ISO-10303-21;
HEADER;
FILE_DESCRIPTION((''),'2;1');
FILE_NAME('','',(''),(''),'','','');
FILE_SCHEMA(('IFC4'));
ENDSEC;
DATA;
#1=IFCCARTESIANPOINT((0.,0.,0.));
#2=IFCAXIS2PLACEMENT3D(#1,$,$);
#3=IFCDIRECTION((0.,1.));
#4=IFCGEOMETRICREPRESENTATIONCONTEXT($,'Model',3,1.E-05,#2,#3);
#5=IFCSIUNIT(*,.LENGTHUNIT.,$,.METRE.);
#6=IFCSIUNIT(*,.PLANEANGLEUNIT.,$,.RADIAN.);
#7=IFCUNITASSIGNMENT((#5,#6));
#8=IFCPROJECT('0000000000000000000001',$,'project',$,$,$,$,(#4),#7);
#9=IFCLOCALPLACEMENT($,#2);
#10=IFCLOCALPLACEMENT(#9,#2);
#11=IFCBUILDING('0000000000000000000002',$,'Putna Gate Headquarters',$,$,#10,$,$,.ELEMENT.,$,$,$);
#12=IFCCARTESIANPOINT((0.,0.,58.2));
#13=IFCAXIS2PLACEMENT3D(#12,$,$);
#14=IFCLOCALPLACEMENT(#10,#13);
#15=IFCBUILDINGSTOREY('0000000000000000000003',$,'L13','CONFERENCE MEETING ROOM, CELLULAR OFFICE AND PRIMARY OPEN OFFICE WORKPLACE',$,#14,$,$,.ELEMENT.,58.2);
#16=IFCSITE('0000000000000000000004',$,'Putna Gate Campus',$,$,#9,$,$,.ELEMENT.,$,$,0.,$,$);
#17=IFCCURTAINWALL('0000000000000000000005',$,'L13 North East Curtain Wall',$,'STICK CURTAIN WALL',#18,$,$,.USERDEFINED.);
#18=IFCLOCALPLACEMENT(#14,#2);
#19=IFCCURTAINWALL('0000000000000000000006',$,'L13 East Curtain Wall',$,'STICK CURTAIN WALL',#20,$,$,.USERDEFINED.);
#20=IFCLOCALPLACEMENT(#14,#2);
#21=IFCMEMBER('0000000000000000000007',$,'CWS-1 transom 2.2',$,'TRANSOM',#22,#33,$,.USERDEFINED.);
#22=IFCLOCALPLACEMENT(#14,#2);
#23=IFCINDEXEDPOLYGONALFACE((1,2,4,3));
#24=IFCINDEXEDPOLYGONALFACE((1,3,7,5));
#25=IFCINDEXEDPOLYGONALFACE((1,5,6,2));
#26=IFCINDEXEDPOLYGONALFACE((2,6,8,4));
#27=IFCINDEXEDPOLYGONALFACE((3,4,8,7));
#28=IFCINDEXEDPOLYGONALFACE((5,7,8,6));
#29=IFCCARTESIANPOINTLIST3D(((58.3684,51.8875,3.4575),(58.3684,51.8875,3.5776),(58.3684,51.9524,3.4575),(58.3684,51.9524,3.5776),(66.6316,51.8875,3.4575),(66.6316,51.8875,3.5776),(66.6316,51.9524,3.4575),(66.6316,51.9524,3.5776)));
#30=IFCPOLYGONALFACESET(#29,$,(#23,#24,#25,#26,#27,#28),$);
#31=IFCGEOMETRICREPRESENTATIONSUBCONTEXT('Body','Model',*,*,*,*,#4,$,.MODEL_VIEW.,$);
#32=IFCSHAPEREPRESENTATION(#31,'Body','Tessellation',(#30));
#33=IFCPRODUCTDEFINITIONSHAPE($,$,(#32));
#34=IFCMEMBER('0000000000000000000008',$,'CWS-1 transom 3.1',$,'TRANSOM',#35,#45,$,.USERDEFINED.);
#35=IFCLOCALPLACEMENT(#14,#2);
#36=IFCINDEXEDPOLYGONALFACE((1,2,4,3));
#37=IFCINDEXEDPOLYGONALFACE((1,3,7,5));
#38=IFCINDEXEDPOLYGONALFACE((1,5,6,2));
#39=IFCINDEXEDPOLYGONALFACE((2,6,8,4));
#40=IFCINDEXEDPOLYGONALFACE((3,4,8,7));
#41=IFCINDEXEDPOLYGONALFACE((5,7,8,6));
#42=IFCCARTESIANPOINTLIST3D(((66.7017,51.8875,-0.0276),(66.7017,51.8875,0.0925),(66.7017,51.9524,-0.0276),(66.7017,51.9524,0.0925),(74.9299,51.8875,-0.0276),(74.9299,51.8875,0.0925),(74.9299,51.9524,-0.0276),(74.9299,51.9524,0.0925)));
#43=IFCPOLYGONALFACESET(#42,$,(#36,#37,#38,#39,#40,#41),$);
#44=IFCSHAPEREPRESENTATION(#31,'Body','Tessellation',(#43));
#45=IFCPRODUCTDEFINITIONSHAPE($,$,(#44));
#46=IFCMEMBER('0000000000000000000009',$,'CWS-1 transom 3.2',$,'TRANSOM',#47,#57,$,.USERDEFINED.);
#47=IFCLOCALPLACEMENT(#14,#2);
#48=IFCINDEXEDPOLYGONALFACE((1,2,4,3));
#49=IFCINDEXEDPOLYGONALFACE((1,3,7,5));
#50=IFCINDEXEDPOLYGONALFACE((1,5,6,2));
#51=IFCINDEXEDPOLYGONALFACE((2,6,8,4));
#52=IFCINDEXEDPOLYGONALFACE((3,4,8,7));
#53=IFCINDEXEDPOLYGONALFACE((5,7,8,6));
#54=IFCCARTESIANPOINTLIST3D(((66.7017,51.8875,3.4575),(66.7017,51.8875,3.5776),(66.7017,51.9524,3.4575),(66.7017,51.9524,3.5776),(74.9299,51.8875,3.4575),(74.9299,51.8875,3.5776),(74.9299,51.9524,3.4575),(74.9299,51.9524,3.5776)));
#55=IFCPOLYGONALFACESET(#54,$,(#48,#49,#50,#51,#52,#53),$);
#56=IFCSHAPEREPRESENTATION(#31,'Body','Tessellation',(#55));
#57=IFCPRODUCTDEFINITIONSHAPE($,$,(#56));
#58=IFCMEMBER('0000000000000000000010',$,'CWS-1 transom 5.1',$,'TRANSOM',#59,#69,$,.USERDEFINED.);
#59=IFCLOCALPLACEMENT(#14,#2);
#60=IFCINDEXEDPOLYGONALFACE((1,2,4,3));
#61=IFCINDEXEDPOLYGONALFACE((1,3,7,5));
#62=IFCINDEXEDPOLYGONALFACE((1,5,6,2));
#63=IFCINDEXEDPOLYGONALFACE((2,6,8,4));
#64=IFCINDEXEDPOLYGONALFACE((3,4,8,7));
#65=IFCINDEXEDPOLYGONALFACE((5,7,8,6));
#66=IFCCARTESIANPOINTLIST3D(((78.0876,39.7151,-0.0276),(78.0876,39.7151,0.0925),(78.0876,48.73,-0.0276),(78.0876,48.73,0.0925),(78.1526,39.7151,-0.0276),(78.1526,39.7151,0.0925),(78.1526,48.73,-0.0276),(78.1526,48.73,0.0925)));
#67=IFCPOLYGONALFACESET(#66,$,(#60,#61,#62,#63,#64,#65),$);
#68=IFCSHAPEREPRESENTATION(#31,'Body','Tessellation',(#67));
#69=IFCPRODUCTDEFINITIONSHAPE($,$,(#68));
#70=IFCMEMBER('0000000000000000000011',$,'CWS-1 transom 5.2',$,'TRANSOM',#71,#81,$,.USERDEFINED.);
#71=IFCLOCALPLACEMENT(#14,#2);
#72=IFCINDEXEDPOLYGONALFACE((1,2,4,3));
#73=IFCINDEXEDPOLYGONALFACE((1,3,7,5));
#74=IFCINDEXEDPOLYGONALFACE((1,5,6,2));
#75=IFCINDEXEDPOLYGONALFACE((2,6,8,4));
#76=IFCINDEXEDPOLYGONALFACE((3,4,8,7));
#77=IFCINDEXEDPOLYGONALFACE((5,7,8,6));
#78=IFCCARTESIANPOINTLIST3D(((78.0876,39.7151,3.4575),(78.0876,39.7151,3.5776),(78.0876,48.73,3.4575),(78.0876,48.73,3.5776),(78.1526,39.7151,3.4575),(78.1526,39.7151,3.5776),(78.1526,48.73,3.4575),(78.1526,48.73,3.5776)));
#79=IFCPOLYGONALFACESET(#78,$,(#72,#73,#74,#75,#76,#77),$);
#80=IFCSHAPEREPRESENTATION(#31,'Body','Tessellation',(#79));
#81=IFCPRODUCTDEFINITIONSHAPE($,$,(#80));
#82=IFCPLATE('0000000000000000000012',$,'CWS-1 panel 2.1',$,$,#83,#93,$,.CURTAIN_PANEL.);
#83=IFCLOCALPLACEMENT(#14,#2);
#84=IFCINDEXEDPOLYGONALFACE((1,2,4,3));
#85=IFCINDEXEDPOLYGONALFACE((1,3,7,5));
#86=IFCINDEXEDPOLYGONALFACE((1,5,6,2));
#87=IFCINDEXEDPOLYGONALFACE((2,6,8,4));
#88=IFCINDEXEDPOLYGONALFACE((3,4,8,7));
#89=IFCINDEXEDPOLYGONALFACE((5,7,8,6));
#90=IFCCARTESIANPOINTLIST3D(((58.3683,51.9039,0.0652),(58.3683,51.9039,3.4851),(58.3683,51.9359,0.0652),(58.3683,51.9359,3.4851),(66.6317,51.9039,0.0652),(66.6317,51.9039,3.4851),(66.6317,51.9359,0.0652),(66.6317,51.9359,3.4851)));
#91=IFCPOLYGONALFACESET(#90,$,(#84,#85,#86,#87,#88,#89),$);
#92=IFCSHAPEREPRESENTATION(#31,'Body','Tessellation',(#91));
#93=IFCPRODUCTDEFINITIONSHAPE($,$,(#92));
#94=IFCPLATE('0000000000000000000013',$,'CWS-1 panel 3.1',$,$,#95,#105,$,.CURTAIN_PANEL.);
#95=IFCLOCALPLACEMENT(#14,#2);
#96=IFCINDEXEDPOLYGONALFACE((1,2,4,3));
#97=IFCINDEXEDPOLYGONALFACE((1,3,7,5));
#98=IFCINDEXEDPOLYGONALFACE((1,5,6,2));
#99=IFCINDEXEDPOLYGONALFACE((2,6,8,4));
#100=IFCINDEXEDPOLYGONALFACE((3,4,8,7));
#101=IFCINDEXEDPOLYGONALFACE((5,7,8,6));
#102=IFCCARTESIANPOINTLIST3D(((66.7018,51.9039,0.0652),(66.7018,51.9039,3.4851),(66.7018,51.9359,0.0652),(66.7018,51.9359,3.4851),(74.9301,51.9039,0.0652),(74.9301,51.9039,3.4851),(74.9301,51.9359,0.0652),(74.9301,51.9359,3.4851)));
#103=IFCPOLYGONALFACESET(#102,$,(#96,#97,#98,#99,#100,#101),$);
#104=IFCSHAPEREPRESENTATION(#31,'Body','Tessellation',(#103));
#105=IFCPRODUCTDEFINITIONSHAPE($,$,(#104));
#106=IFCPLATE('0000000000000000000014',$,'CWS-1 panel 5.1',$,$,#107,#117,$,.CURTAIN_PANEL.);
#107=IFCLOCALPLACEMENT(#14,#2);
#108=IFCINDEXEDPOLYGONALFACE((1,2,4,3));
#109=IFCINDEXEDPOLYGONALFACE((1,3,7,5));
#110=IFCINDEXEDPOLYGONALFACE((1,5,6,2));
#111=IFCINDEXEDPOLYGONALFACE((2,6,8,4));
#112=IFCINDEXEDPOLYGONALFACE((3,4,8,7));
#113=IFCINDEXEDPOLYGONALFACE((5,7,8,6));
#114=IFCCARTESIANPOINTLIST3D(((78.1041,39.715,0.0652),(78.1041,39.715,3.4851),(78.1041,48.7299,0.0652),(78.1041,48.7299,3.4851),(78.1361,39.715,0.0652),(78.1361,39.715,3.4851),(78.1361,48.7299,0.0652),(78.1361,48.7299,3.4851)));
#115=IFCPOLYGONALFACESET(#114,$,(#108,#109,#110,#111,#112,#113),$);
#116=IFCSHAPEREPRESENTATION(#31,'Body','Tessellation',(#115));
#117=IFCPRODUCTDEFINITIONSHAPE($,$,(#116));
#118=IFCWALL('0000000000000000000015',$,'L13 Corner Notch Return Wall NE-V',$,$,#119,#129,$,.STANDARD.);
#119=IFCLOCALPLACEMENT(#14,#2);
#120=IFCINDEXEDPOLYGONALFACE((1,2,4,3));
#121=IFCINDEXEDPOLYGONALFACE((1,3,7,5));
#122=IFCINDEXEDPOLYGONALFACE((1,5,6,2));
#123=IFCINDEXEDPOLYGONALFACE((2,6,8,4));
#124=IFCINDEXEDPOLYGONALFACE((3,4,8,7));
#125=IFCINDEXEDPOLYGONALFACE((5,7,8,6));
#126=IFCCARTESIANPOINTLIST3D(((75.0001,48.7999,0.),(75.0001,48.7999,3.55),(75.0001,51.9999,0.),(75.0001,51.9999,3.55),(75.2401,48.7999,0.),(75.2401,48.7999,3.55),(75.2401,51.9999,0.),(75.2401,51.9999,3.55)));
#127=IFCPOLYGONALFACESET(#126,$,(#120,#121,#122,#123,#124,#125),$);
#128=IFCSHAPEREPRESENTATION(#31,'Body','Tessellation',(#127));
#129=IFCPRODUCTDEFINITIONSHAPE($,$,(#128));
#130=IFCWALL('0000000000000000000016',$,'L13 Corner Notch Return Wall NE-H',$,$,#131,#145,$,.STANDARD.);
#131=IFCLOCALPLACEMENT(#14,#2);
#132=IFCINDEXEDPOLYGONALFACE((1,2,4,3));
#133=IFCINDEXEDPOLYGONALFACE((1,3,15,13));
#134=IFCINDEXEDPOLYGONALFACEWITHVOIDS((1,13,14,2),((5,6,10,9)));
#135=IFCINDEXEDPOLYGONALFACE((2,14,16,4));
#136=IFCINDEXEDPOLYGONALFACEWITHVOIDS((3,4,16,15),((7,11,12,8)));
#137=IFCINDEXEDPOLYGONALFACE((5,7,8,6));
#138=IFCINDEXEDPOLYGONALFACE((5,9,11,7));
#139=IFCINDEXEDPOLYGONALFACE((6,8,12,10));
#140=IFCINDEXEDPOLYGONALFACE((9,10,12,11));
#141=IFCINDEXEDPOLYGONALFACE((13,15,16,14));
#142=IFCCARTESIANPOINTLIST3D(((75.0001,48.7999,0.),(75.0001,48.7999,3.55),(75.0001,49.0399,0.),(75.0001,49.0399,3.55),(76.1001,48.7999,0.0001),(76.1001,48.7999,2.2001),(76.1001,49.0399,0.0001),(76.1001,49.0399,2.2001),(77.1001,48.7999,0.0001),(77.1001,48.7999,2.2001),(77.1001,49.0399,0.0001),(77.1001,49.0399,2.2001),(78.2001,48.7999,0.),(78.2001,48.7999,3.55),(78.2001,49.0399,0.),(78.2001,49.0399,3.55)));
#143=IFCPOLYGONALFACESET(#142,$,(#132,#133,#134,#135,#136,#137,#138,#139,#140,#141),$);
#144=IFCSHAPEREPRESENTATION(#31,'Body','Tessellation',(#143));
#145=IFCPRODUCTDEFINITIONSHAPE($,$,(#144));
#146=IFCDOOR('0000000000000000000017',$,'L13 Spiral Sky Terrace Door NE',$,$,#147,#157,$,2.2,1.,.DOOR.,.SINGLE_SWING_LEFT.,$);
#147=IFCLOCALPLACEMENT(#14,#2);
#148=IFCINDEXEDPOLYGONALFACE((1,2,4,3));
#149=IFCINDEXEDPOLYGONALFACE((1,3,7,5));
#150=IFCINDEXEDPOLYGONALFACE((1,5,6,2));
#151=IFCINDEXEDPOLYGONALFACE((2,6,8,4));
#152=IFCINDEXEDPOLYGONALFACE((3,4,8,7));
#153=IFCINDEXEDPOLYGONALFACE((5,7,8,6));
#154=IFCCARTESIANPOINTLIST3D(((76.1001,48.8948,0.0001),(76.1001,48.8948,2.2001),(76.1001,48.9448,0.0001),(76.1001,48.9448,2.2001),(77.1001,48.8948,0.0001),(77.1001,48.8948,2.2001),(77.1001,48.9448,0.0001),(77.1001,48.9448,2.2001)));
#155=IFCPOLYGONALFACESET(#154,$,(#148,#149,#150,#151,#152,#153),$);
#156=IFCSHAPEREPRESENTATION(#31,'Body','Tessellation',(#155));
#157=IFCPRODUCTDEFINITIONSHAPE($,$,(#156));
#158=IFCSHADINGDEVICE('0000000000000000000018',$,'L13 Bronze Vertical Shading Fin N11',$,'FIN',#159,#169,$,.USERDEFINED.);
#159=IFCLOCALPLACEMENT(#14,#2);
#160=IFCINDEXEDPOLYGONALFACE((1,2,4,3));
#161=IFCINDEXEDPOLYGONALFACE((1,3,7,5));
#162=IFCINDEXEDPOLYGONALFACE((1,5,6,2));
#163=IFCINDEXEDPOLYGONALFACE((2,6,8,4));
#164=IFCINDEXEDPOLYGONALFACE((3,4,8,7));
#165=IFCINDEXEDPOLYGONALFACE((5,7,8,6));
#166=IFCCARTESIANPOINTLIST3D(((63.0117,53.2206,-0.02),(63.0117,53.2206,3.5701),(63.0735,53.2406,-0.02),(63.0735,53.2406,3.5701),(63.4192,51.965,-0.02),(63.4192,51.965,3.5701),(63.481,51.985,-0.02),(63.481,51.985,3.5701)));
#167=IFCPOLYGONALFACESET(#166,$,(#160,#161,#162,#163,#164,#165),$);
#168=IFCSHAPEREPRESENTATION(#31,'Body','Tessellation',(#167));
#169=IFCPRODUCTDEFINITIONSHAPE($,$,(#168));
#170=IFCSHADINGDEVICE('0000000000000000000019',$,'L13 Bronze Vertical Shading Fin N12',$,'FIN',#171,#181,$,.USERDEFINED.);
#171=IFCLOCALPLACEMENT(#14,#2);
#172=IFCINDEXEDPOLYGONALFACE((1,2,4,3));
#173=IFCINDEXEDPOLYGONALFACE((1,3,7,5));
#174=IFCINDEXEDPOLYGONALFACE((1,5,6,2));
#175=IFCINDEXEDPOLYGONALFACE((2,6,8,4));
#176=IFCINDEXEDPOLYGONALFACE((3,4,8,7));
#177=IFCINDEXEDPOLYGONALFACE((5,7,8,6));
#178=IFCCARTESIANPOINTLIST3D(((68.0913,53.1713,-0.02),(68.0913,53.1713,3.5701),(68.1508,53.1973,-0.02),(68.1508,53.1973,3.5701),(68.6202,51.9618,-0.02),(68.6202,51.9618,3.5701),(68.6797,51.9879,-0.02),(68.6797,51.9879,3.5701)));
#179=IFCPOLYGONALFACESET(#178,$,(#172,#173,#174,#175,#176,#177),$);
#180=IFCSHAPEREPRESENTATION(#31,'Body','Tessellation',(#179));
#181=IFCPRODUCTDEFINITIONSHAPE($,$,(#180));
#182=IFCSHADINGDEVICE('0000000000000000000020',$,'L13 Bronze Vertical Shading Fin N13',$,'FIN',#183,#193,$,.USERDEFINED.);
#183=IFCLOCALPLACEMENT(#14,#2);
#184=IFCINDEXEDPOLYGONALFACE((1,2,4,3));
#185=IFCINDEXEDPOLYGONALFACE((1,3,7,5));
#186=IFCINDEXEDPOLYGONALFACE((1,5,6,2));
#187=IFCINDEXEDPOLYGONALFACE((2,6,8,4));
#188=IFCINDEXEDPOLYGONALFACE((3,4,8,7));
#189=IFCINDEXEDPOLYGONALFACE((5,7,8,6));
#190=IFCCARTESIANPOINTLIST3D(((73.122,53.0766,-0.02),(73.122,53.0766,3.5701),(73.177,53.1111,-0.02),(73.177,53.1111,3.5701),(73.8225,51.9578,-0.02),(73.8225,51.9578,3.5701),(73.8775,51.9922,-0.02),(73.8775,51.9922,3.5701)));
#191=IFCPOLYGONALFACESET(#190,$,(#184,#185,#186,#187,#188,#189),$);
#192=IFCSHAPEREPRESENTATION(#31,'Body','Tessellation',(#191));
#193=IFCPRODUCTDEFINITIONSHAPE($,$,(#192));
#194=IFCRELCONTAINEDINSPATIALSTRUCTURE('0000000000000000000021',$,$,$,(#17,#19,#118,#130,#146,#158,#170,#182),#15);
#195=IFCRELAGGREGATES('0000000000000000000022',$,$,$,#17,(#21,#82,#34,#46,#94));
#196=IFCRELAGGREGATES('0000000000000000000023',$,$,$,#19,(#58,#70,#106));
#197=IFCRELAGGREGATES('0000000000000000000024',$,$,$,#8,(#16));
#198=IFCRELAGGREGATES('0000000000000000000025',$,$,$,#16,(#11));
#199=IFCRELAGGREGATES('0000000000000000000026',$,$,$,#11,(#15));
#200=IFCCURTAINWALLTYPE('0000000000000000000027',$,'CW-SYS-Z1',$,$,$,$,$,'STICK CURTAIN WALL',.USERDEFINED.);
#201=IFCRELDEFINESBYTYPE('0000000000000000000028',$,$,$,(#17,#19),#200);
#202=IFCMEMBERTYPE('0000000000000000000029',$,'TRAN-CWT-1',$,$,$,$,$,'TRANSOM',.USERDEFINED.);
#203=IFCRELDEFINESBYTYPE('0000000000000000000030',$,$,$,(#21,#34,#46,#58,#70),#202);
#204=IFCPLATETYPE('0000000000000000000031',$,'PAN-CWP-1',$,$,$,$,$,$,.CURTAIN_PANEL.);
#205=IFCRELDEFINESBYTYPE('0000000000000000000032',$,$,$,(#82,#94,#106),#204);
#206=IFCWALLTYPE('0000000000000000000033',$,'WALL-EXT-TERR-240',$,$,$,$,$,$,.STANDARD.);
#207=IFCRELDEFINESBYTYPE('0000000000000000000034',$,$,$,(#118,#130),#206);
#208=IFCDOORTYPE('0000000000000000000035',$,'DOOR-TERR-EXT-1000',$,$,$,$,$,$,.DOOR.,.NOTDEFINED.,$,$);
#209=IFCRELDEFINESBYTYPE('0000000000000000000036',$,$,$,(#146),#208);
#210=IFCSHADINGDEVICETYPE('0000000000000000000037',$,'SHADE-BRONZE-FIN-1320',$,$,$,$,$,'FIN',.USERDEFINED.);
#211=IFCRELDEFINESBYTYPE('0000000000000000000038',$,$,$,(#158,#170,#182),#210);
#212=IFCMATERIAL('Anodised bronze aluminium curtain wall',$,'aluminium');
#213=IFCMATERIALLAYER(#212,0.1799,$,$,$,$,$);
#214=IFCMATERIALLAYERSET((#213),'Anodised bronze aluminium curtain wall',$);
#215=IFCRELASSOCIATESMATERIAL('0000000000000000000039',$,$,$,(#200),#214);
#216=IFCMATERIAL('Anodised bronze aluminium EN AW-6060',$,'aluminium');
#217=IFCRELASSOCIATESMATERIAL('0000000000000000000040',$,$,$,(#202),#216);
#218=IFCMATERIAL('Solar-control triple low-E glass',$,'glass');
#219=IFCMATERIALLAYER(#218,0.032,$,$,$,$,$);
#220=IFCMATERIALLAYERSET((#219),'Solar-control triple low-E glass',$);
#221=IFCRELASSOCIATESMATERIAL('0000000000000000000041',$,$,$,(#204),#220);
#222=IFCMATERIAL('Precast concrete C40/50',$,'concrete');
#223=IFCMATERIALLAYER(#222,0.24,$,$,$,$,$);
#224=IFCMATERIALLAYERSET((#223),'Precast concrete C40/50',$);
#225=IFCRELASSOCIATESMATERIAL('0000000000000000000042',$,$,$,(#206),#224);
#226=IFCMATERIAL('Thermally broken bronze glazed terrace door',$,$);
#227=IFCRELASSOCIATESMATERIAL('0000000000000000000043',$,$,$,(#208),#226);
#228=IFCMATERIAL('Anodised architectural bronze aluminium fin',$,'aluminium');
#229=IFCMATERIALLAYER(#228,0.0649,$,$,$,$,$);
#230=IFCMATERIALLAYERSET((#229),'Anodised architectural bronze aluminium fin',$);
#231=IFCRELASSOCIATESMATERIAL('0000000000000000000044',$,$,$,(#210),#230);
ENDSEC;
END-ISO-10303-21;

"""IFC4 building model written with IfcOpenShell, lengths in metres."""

from ifc_helpers import new_model, si_unit, direction, frame, frame_2d, origin, origin_2d, place, context, subcontext, project, spatial, rectangle, extrude, material, layer, layer_set, material_profile, profile_set, type_object, element, fill, aggregate, save


model = new_model("IFC4")

# Units and contexts
model_context = context("Model", 3, precision=1e-05, world=origin(), true_north=direction((0.0, 1.0)))
body_context = subcontext(model_context, "Body", "Model", "MODEL_VIEW")
ifc_project = project(units=[si_unit("LENGTHUNIT", "METRE"), si_unit("PLANEANGLEUNIT", "RADIAN")], contexts=[model_context])

# Site, building, storey
site_placement = place(None, origin())
site = spatial("IfcSite", under=ifc_project, at=site_placement, Name="Putna Gate Campus", CompositionType="ELEMENT", RefElevation=0.0)
building_placement = place(site_placement, origin())
building = spatial("IfcBuilding", under=site, at=building_placement, Name="Putna Gate Headquarters", CompositionType="ELEMENT")
storey_placement = place(building_placement, frame((0.0, 0.0, 58.2)))
storey = spatial("IfcBuildingStorey", under=building, at=storey_placement, Name="L13", Description="CONFERENCE MEETING ROOM, CELLULAR OFFICE AND PRIMARY OPEN OFFICE WORKPLACE", CompositionType="ELEMENT", Elevation=58.2)

# Curtain wall
ifc_material_1 = material(Name="Anodised bronze aluminium curtain wall", Category="aluminium")
ifc_layer_1 = layer(ifc_material_1, 0.1799)
ifc_layer_set_1 = layer_set([ifc_layer_1], Name="Anodised bronze aluminium curtain wall")
curtain_wall_type = type_object("IfcCurtainWallType", Name="CW-SYS-Z1", ElementType="STICK CURTAIN WALL", PredefinedType="USERDEFINED", material=ifc_layer_set_1)
curtain_wall_1_placement = place(storey_placement, origin())
curtain_wall_1 = element("IfcCurtainWall", 1, at=curtain_wall_1_placement, inside=storey, type_object=curtain_wall_type, Name="L13 North East Curtain Wall", ObjectType="STICK CURTAIN WALL", PredefinedType="USERDEFINED")
ifc_material_2 = material(Name="Anodised bronze aluminium EN AW-6060", Category="aluminium")

# Curtain wall
curtain_wall_2_placement = place(storey_placement, origin())
curtain_wall_2 = element("IfcCurtainWall", 2, at=curtain_wall_2_placement, inside=storey, type_object=curtain_wall_type, Name="L13 East Curtain Wall", ObjectType="STICK CURTAIN WALL", PredefinedType="USERDEFINED")

# Members
ifc_material_profile_1 = material_profile(ifc_material_2, rectangle(XDim=0.0649, YDim=0.1201, at=origin_2d()), Name="Anodised bronze aluminium EN AW-6060")
ifc_profile_set_1 = profile_set([ifc_material_profile_1], Name="Anodised bronze aluminium EN AW-6060")
member_type_1 = type_object("IfcMemberType", Name="TRAN-CWT-1", ElementType="TRANSOM", PredefinedType="USERDEFINED", material=ifc_profile_set_1)
member_1_placement = place(storey_placement, frame((58.3684, 51.9199, 3.5176), z_axis=(1.0, 0.0, 0.0), x_axis=(0.0, 1.0, 0.0)))
member_1 = element("IfcMember", 3, at=member_1_placement, type_object=member_type_1, Name="CWS-1 transom 2.2", ObjectType="TRANSOM", PredefinedType="USERDEFINED", context=body_context, shape_type="SweptSolid", body=[
    extrude(rectangle(XDim=0.0649, YDim=0.1201, at=origin_2d()), origin(), (0.0, 0.0, 1.0), 8.2632),
])
member_2_placement = place(storey_placement, frame((66.7017, 51.9199, 0.0325), z_axis=(1.0, 0.0, 0.0), x_axis=(0.0, 1.0, 0.0)))
member_2 = element("IfcMember", 4, at=member_2_placement, type_object=member_type_1, Name="CWS-1 transom 3.1", ObjectType="TRANSOM", PredefinedType="USERDEFINED", context=body_context, shape_type="SweptSolid", body=[
    extrude(rectangle(XDim=0.0649, YDim=0.1201, at=origin_2d()), origin(), (0.0, 0.0, 1.0), 8.2283),
])
member_3_placement = place(storey_placement, frame((66.7017, 51.9199, 3.5176), z_axis=(1.0, 0.0, 0.0), x_axis=(0.0, 1.0, 0.0)))
member_3 = element("IfcMember", 5, at=member_3_placement, type_object=member_type_1, Name="CWS-1 transom 3.2", ObjectType="TRANSOM", PredefinedType="USERDEFINED", context=body_context, shape_type="SweptSolid", body=[
    extrude(rectangle(XDim=0.0649, YDim=0.1201, at=origin_2d()), origin(), (0.0, 0.0, 1.0), 8.2283),
])
member_4_placement = place(storey_placement, frame((78.1201, 39.7151, 0.0325), z_axis=(0.0, 1.0, 0.0), x_axis=(-1.0, 0.0, 0.0)))
member_4 = element("IfcMember", 6, at=member_4_placement, type_object=member_type_1, Name="CWS-1 transom 5.1", ObjectType="TRANSOM", PredefinedType="USERDEFINED", context=body_context, shape_type="SweptSolid", body=[
    extrude(rectangle(XDim=0.0649, YDim=0.1201, at=origin_2d()), origin(), (0.0, 0.0, 1.0), 9.0149),
])
member_5_placement = place(storey_placement, frame((78.1201, 39.7151, 3.5176), z_axis=(0.0, 1.0, 0.0), x_axis=(-1.0, 0.0, 0.0)))
member_5 = element("IfcMember", 7, at=member_5_placement, type_object=member_type_1, Name="CWS-1 transom 5.2", ObjectType="TRANSOM", PredefinedType="USERDEFINED", context=body_context, shape_type="SweptSolid", body=[
    extrude(rectangle(XDim=0.0649, YDim=0.1201, at=origin_2d()), origin(), (0.0, 0.0, 1.0), 9.0149),
])

# Plates
ifc_material_3 = material(Name="Solar-control triple low-E glass", Category="glass")
ifc_layer_2 = layer(ifc_material_3, 0.032)
ifc_layer_set_2 = layer_set([ifc_layer_2], Name="Solar-control triple low-E glass")
plate_type = type_object("IfcPlateType", Name="PAN-CWP-1", PredefinedType="CURTAIN_PANEL", material=ifc_layer_set_2)
plate_1_placement = place(storey_placement, frame((62.5, 51.9199, 0.0652), z_axis=(0.0, 0.0, 1.0), x_axis=(1.0, 0.0, 0.0)))
plate_1 = element("IfcPlate", 8, at=plate_1_placement, type_object=plate_type, Name="CWS-1 panel 2.1", PredefinedType="CURTAIN_PANEL", context=body_context, shape_type="SweptSolid", body=[
    extrude(rectangle(XDim=8.2634, YDim=0.032, at=origin_2d()), origin(), (0.0, 0.0, 1.0), 3.4199),
])
plate_2_placement = place(storey_placement, frame((70.8159, 51.9199, 0.0652), z_axis=(0.0, 0.0, 1.0), x_axis=(1.0, 0.0, 0.0)))
plate_2 = element("IfcPlate", 9, at=plate_2_placement, type_object=plate_type, Name="CWS-1 panel 3.1", PredefinedType="CURTAIN_PANEL", context=body_context, shape_type="SweptSolid", body=[
    extrude(rectangle(XDim=8.2283, YDim=0.032, at=origin_2d()), origin(), (0.0, 0.0, 1.0), 3.4199),
])
aggregate(curtain_wall_1, [member_1, plate_1, member_2, member_3, plate_2])
plate_3_placement = place(storey_placement, frame((78.1201, 44.2224, 0.0652), z_axis=(0.0, 0.0, 1.0), x_axis=(0.0, 1.0, 0.0)))
plate_3 = element("IfcPlate", 10, at=plate_3_placement, type_object=plate_type, Name="CWS-1 panel 5.1", PredefinedType="CURTAIN_PANEL", context=body_context, shape_type="SweptSolid", body=[
    extrude(rectangle(XDim=9.0149, YDim=0.032, at=origin_2d()), origin(), (0.0, 0.0, 1.0), 3.4199),
])
aggregate(curtain_wall_2, [member_4, member_5, plate_3])

# Wall
ifc_material_4 = material(Name="Precast concrete C40/50", Category="concrete")
ifc_layer_3 = layer(ifc_material_4, 0.24)
ifc_layer_set_3 = layer_set([ifc_layer_3], Name="Precast concrete C40/50")
wall_type = type_object("IfcWallType", Name="WALL-EXT-TERR-240", PredefinedType="STANDARD", material=ifc_layer_set_3)
wall_1_placement = place(storey_placement, frame((75.1201, 52.0, 0.0), z_axis=(0.0, 0.0, 1.0), x_axis=(0.0, -1.0, 0.0)))
element("IfcWall", 11, at=wall_1_placement, inside=storey, type_object=wall_type, Name="L13 Corner Notch Return Wall NE-V", PredefinedType="STANDARD", context=body_context, shape_type="SweptSolid", body=[
    extrude(rectangle(XDim=3.2, YDim=0.24, at=frame_2d((1.6001, 0.0))), origin(), (0.0, 0.0, 1.0), 3.55),
])

# Wall, opening, door
wall_2_placement = place(storey_placement, frame((75.0, 48.9199, 0.0), z_axis=(0.0, 0.0, 1.0), x_axis=(1.0, 0.0, 0.0)))
wall_2 = element("IfcWall", 12, at=wall_2_placement, inside=storey, type_object=wall_type, Name="L13 Corner Notch Return Wall NE-H", PredefinedType="STANDARD", context=body_context, shape_type="SweptSolid", body=[
    extrude(rectangle(XDim=3.2, YDim=0.24, at=frame_2d((1.6001, 0.0))), origin(), (0.0, 0.0, 1.0), 3.55),
])
opening_placement = place(wall_2_placement, frame((1.1001, 0.0, 0.0)))
opening = element("IfcOpeningElement", 13, at=opening_placement, cuts=wall_2, PredefinedType="OPENING", context=body_context, shape_type="SweptSolid", body=[
    extrude(rectangle(XDim=1.0, YDim=2.2, at=frame_2d((0.5, 1.1001))), frame((0.0, 0.1299, 0.0), z_axis=(0.0, -1.0, 0.0), x_axis=(1.0, 0.0, 0.0)), (0.0, 0.0, 1.0), 0.26),
])
ifc_material_5 = material(Name="Thermally broken bronze glazed terrace door")
door_type = type_object("IfcDoorType", Name="DOOR-TERR-EXT-1000", OperationType="NOTDEFINED", PredefinedType="DOOR", material=ifc_material_5)
door_placement = place(opening_placement, origin())
door = element("IfcDoor", 14, at=door_placement, inside=storey, type_object=door_type, Name="L13 Spiral Sky Terrace Door NE", OperationType="SINGLE_SWING_LEFT", OverallHeight=2.2, OverallWidth=1.0, PredefinedType="DOOR", context=body_context, shape_type="SweptSolid", body=[
    extrude(rectangle(XDim=1.0, YDim=2.2, at=frame_2d((0.5, 1.1001))), frame((0.0, 0.0249, 0.0), z_axis=(0.0, -1.0, 0.0), x_axis=(1.0, 0.0, 0.0)), (0.0, 0.0, 1.0), 0.05),
])
fill(opening, door)

# Shading devices
ifc_material_6 = material(Name="Anodised architectural bronze aluminium fin", Category="aluminium")
ifc_layer_4 = layer(ifc_material_6, 0.0649)
ifc_layer_set_4 = layer_set([ifc_layer_4], Name="Anodised architectural bronze aluminium fin")
shading_device_type = type_object("IfcShadingDeviceType", Name="SHADE-BRONZE-FIN-1320", ElementType="FIN", PredefinedType="USERDEFINED", material=ifc_layer_set_4)
for number, where, z_axis, x_axis, name in (
    (15, (63.2463, 52.6028, -0.02), (0.0, 0.0, 1.0), (-0.308685, 0.951164, 0.0), "L13 Bronze Vertical Shading Fin N11"),
    (16, (68.3855, 52.5796, -0.02), (0.0, 0.0, 1.0), (-0.400669, 0.916223, 0.0), "L13 Bronze Vertical Shading Fin N12"),
    (17, (73.4998, 52.5344, -0.02), (0.0, 0.0, 1.0), (-0.530659, 0.847585, 0.0), "L13 Bronze Vertical Shading Fin N13"),
):
    element("IfcShadingDevice", number, at=place(storey_placement, frame(where, z_axis=z_axis, x_axis=x_axis)), inside=storey, type_object=shading_device_type, Name=name, ObjectType="FIN", PredefinedType="USERDEFINED", context=body_context, shape_type="SweptSolid", body=[
        extrude(rectangle(XDim=1.3201, YDim=0.0649, at=origin_2d()), origin(), (0.0, 0.0, 1.0), 3.5901),
    ])

save(model, "model.ifc")
